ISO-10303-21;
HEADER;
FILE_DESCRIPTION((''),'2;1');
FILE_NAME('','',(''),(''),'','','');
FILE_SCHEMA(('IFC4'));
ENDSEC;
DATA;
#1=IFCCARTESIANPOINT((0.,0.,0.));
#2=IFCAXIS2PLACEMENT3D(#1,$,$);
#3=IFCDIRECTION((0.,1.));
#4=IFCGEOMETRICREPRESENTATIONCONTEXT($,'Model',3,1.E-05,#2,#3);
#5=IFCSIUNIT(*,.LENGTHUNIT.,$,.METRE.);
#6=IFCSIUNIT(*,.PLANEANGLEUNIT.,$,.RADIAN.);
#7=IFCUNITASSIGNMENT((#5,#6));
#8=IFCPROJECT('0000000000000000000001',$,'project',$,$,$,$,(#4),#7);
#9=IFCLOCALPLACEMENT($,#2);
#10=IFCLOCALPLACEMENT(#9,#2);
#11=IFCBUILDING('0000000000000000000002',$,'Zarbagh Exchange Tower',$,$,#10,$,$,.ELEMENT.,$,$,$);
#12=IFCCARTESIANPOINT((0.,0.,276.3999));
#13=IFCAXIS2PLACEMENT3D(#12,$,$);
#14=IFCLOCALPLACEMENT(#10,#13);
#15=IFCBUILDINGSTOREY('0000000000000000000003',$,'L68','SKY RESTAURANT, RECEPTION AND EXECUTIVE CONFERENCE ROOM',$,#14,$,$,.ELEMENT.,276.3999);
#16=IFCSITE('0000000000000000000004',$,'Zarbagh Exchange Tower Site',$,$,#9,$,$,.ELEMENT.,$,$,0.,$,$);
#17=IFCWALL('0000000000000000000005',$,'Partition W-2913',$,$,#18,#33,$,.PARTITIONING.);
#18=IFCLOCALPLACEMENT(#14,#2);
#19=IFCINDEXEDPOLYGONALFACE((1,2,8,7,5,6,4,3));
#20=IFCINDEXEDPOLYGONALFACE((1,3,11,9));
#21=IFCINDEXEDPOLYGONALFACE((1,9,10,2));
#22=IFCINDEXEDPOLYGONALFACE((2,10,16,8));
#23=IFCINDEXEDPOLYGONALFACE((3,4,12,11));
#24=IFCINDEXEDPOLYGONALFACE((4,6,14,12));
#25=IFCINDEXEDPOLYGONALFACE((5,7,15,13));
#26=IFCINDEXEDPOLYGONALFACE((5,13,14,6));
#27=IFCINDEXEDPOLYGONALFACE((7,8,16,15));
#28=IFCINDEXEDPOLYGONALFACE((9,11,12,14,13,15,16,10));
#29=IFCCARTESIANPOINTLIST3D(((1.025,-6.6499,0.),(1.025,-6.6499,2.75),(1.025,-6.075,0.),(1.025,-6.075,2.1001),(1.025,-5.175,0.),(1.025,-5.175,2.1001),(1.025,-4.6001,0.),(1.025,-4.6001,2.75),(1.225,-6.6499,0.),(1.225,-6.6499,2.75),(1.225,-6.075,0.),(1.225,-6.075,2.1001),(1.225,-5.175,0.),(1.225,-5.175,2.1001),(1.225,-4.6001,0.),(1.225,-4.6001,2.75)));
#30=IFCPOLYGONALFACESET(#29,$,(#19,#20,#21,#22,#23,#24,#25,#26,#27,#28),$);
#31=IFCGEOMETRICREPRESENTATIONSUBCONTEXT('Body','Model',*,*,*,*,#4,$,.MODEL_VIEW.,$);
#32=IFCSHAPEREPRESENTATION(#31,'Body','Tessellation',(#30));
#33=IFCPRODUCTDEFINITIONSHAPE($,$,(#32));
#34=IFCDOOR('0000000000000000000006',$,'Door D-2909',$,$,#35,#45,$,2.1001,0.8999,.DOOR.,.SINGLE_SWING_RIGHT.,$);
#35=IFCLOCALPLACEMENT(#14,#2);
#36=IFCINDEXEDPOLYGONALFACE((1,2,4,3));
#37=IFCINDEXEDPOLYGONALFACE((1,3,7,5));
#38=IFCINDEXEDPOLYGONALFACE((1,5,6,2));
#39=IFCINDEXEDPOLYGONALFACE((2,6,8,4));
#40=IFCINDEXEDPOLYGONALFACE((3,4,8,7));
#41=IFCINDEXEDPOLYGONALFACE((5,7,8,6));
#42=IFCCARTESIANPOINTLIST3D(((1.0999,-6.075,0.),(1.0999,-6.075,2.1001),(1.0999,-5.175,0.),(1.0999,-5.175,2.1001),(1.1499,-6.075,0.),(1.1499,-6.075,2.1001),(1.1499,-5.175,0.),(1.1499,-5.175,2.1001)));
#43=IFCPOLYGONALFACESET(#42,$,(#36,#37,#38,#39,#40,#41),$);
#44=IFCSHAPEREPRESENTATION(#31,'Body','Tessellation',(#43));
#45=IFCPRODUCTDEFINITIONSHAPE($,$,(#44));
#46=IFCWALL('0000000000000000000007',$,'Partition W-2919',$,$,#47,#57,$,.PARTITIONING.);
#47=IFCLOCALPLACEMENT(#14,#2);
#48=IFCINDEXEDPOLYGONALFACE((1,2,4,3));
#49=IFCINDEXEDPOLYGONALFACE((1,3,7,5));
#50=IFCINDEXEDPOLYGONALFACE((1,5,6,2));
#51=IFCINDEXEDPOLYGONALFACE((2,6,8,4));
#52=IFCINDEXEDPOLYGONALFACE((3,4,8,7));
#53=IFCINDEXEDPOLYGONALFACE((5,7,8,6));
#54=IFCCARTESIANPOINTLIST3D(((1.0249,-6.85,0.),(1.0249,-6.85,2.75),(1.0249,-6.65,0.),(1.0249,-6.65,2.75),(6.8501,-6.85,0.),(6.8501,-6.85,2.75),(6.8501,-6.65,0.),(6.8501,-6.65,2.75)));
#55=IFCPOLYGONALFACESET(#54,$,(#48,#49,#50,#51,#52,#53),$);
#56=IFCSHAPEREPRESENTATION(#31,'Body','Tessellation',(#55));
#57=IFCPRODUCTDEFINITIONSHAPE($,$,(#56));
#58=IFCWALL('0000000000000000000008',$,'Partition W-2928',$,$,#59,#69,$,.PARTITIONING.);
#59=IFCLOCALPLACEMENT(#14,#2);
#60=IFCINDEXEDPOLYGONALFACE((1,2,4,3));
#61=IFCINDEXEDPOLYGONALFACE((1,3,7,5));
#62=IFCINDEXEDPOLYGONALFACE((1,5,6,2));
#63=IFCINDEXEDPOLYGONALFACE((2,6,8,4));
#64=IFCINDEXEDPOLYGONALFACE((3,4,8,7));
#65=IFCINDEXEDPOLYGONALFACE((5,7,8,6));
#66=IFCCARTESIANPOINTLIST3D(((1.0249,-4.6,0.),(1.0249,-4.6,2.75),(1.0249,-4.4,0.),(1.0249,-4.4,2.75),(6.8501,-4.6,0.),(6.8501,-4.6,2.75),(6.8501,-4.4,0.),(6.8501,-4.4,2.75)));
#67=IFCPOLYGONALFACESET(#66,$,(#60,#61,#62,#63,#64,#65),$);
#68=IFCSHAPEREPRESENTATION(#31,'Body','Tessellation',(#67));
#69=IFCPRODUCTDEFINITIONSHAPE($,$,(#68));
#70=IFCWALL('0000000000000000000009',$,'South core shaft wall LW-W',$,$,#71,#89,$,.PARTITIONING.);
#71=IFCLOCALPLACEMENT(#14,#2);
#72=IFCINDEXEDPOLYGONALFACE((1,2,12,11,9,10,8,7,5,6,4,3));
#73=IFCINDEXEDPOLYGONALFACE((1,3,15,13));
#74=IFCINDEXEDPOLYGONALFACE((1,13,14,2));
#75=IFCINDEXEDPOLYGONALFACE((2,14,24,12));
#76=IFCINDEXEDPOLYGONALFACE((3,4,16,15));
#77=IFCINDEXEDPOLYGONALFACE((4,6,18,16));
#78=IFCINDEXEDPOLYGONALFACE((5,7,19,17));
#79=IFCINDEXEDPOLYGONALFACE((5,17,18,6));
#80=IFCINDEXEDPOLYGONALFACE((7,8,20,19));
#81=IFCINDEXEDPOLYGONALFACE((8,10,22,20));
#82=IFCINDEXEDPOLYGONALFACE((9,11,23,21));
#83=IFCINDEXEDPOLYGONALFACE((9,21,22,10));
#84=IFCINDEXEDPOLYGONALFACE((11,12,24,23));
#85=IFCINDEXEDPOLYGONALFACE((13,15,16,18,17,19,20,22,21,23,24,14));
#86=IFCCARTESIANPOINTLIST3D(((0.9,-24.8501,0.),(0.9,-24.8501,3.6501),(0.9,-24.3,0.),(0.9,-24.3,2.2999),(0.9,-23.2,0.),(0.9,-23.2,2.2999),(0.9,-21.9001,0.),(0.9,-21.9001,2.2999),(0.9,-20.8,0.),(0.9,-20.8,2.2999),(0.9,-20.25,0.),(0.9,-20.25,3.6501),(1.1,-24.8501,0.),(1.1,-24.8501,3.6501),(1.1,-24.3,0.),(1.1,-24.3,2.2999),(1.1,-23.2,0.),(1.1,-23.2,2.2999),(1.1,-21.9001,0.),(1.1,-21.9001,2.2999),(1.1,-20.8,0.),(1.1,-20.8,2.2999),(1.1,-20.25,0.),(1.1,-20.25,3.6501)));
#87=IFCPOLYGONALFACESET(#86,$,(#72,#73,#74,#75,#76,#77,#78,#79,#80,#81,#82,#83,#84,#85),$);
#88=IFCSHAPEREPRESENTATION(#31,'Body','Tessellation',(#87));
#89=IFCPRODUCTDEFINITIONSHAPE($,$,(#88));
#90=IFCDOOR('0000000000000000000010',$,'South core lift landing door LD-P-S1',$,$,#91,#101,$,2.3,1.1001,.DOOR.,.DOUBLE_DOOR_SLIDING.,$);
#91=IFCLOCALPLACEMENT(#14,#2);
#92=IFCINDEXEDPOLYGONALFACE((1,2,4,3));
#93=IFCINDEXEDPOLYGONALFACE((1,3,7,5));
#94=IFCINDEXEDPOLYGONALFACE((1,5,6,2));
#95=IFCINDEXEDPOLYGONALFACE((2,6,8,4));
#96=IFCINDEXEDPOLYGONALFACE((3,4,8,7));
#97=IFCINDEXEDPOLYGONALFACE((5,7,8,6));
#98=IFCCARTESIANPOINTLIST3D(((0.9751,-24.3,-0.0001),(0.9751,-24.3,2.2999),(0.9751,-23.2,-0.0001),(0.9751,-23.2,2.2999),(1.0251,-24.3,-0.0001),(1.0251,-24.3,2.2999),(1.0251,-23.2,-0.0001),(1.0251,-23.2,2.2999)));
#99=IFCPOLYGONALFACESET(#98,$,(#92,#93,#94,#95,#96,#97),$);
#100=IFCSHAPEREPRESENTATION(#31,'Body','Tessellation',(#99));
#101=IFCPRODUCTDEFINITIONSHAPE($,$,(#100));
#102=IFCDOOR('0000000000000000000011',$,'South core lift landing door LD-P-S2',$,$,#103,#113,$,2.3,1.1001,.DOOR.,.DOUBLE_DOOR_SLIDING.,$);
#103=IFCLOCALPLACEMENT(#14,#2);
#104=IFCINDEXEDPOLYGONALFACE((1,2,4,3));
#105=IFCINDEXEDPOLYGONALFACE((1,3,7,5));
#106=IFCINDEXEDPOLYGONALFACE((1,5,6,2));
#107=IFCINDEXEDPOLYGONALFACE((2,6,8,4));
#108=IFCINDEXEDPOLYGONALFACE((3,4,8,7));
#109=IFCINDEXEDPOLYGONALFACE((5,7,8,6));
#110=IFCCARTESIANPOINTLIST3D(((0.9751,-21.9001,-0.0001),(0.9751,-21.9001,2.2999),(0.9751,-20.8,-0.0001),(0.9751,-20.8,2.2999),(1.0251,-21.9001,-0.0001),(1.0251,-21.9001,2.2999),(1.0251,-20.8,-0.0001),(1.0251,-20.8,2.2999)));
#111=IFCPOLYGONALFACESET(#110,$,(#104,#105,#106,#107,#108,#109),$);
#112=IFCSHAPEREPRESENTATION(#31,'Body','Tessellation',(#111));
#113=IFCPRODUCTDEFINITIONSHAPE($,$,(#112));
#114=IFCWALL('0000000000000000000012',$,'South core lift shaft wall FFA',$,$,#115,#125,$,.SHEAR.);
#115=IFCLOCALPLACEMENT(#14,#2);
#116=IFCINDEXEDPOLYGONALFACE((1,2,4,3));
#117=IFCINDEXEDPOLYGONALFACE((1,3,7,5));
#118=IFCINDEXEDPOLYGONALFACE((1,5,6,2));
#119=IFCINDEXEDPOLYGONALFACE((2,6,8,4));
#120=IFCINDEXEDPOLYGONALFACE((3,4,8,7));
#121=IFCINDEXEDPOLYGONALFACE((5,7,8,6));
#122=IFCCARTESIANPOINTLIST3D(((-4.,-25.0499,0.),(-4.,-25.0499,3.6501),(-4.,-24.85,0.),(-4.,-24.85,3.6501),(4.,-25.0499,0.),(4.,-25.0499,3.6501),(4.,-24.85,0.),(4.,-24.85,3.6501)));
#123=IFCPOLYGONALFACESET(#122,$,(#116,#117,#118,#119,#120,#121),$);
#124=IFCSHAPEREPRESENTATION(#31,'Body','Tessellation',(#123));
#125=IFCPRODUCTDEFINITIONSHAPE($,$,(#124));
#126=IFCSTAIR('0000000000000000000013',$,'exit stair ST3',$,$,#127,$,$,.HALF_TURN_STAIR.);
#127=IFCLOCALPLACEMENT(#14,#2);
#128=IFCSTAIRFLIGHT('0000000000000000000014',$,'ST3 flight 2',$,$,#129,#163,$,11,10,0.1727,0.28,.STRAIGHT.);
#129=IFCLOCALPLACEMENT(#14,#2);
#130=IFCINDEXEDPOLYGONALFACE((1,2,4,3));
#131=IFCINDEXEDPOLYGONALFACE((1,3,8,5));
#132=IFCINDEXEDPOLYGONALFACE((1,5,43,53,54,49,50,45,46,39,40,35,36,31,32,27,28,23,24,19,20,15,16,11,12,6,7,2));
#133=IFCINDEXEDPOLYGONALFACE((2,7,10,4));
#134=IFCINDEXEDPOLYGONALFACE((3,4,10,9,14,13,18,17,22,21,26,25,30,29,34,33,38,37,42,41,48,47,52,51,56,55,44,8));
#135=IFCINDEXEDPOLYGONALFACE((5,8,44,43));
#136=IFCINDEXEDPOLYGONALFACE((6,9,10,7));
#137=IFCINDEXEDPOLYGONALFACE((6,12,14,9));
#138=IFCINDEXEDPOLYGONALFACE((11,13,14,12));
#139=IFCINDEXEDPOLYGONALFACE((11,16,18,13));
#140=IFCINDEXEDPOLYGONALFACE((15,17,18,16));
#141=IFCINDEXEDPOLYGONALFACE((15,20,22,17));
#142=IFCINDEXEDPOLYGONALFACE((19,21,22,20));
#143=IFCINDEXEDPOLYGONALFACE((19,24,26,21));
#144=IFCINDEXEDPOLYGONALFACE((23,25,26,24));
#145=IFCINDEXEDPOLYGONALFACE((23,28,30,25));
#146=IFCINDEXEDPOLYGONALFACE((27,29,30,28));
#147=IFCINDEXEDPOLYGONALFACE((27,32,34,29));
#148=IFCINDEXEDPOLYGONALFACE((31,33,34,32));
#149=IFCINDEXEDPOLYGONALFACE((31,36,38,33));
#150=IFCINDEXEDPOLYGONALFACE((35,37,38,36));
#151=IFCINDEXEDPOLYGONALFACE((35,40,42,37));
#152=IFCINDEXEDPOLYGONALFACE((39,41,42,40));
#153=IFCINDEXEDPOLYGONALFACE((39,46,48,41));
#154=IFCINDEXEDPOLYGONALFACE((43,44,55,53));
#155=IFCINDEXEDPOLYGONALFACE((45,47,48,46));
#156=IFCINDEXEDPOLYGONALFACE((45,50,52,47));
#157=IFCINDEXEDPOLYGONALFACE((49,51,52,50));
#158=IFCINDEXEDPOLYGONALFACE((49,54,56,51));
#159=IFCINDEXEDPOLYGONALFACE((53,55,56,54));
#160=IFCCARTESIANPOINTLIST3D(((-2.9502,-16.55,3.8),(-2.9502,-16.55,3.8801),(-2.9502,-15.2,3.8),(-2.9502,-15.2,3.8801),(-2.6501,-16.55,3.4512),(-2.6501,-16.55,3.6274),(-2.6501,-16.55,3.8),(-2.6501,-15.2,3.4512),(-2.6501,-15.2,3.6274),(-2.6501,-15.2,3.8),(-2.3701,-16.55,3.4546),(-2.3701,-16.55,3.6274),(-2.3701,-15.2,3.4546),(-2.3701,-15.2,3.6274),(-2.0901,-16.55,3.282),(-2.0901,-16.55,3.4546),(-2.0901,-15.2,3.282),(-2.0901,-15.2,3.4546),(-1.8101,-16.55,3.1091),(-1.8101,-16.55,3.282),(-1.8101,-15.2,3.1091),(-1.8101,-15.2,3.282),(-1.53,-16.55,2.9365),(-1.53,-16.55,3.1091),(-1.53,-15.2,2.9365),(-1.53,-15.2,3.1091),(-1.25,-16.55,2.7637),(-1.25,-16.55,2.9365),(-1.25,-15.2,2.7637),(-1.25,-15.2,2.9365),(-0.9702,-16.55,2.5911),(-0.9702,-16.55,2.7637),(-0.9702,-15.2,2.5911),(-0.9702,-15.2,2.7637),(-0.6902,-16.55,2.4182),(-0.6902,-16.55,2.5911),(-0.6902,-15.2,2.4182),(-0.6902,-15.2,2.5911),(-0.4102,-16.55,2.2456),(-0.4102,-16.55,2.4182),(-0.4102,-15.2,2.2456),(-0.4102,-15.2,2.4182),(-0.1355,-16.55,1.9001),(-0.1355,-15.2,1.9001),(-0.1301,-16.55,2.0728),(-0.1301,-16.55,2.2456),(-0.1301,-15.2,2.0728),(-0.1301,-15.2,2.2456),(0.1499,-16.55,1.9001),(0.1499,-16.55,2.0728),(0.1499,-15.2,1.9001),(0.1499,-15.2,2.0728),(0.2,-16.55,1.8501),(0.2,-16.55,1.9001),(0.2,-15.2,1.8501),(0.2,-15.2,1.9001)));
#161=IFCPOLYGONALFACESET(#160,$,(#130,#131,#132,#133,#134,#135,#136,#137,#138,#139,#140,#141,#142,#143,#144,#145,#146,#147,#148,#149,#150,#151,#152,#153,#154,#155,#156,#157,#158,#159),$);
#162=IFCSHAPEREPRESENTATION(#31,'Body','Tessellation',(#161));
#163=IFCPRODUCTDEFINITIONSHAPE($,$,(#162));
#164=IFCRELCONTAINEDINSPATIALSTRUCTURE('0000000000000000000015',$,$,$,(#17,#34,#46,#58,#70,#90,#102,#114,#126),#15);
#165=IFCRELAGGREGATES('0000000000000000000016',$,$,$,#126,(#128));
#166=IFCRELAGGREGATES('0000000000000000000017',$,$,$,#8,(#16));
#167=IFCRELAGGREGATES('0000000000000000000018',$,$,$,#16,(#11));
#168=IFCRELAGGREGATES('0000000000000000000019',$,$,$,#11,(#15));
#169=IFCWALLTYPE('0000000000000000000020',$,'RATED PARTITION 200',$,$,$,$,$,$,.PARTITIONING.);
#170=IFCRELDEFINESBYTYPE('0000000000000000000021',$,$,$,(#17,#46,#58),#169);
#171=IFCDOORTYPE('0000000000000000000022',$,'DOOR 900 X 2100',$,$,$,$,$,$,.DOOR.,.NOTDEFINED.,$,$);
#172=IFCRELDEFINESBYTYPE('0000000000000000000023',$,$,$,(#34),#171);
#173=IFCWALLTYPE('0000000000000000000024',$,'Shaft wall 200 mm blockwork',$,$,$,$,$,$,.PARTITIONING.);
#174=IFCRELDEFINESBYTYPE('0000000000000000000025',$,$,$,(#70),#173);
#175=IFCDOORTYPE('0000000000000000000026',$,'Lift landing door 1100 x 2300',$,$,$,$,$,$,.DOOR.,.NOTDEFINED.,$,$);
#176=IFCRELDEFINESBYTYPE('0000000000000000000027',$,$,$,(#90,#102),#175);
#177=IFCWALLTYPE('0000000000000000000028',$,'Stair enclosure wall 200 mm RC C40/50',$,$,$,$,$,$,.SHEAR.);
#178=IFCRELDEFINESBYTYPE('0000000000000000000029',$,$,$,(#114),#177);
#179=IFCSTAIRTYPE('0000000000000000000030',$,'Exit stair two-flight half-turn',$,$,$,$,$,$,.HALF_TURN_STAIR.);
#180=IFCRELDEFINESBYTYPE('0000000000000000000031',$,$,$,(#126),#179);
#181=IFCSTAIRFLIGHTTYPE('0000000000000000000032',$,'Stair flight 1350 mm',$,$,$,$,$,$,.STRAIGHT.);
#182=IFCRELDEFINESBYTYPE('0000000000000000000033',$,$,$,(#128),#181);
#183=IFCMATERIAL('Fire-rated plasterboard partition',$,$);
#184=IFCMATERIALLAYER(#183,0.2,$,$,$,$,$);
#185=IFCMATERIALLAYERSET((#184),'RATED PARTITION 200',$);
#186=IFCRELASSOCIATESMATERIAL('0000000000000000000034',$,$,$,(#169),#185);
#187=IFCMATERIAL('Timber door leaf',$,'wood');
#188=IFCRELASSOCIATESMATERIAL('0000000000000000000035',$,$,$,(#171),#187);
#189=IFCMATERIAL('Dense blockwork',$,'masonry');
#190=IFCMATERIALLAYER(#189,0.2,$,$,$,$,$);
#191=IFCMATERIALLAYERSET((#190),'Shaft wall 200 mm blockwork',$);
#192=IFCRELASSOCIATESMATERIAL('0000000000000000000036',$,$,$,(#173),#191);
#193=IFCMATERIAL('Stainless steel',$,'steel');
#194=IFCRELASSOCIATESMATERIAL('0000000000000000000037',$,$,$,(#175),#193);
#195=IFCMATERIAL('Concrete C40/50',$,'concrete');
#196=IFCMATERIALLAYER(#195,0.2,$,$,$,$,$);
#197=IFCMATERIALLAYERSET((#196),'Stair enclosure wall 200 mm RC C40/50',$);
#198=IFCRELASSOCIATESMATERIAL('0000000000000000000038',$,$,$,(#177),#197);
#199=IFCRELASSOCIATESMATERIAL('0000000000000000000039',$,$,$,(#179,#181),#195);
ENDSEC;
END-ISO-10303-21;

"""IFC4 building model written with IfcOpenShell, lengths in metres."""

from ifc_helpers import new_model, si_unit, direction, frame, frame_2d, origin, place, context, subcontext, project, spatial, polyline, rectangle, outline, extrude, material, layer, layer_set, type_object, element, fill, aggregate, save


model = new_model("IFC4")

# Units and contexts
model_context = context("Model", 3, precision=1e-05, world=origin(), true_north=direction((0.0, 1.0)))
body_context = subcontext(model_context, "Body", "Model", "MODEL_VIEW")
ifc_project = project(units=[si_unit("LENGTHUNIT", "METRE"), si_unit("PLANEANGLEUNIT", "RADIAN")], contexts=[model_context])

# Site, building, storey
site_placement = place(None, origin())
site = spatial("IfcSite", under=ifc_project, at=site_placement, Name="Zarbagh Exchange Tower Site", CompositionType="ELEMENT", RefElevation=0.0)
building_placement = place(site_placement, origin())
building = spatial("IfcBuilding", under=site, at=building_placement, Name="Zarbagh Exchange Tower", CompositionType="ELEMENT")
storey_placement = place(building_placement, frame((0.0, 0.0, 276.3999)))
storey = spatial("IfcBuildingStorey", under=building, at=storey_placement, Name="L68", Description="SKY RESTAURANT, RECEPTION AND EXECUTIVE CONFERENCE ROOM", CompositionType="ELEMENT", Elevation=276.3999)

# Shared definitions
ifc_material_1 = material(Name="Fire-rated plasterboard partition")
ifc_layer_1 = layer(ifc_material_1, 0.2)
ifc_layer_set_1 = layer_set([ifc_layer_1], Name="RATED PARTITION 200")
wall_type_1 = type_object("IfcWallType", Name="RATED PARTITION 200", PredefinedType="PARTITIONING", material=ifc_layer_set_1)

# Wall, opening, door
wall_1_placement = place(storey_placement, frame((1.125, -4.6001, 0.0), z_axis=(0.0, 0.0, 1.0), x_axis=(0.0, -1.0, 0.0)))
wall_1 = element("IfcWall", 1, at=wall_1_placement, inside=storey, type_object=wall_type_1, Name="Partition W-2913", PredefinedType="PARTITIONING", context=body_context, shape_type="SweptSolid", body=[
    extrude(rectangle(XDim=2.0498, YDim=0.2, at=frame_2d((1.0249, 0.0))), origin(), (0.0, 0.0, 1.0), 2.75),
])
opening_1_placement = place(wall_1_placement, frame((0.575, 0.0, 0.0)))
opening_1 = element("IfcOpeningElement", 2, at=opening_1_placement, cuts=wall_1, PredefinedType="OPENING", context=body_context, shape_type="SweptSolid", body=[
    extrude(rectangle(XDim=0.8999, YDim=2.1001, at=frame_2d((0.45, 1.05))), frame((0.0, 0.1099, 0.0), z_axis=(0.0, -1.0, 0.0), x_axis=(1.0, 0.0, 0.0)), (0.0, 0.0, 1.0), 0.22),
])
ifc_material_2 = material(Name="Timber door leaf", Category="wood")
door_type_1 = type_object("IfcDoorType", Name="DOOR 900 X 2100", OperationType="NOTDEFINED", PredefinedType="DOOR", material=ifc_material_2)
door_1_placement = place(opening_1_placement, origin())
door_1 = element("IfcDoor", 3, at=door_1_placement, inside=storey, type_object=door_type_1, Name="Door D-2909", OperationType="SINGLE_SWING_RIGHT", OverallHeight=2.1001, OverallWidth=0.8999, PredefinedType="DOOR", context=body_context, shape_type="SweptSolid", body=[
    extrude(rectangle(XDim=0.8999, YDim=2.1001, at=frame_2d((0.45, 1.05))), frame((0.0, 0.0249, 0.0), z_axis=(0.0, -1.0, 0.0), x_axis=(1.0, 0.0, 0.0)), (0.0, 0.0, 1.0), 0.05),
])
fill(opening_1, door_1)

# Walls
for number, where, z_axis, x_axis, name in (
    (4, (1.0249, -6.75, 0.0), (0.0, 0.0, 1.0), (1.0, 0.0, 0.0), "Partition W-2919"),
    (5, (1.0249, -4.5, 0.0), (0.0, 0.0, 1.0), (1.0, 0.0, 0.0), "Partition W-2928"),
):
    element("IfcWall", number, at=place(storey_placement, frame(where, z_axis=z_axis, x_axis=x_axis)), inside=storey, type_object=wall_type_1, Name=name, PredefinedType="PARTITIONING", context=body_context, shape_type="SweptSolid", body=[
        extrude(rectangle(XDim=5.8252, YDim=0.2, at=frame_2d((2.9126, 0.0))), origin(), (0.0, 0.0, 1.0), 2.75),
    ])

# Wall, openings, doors
ifc_material_3 = material(Name="Dense blockwork", Category="masonry")
ifc_layer_2 = layer(ifc_material_3, 0.2)
ifc_layer_set_2 = layer_set([ifc_layer_2], Name="Shaft wall 200 mm blockwork")
wall_type_2 = type_object("IfcWallType", Name="Shaft wall 200 mm blockwork", PredefinedType="PARTITIONING", material=ifc_layer_set_2)
wall_2_placement = place(storey_placement, frame((1.0, -24.8501, 0.0), z_axis=(0.0, 0.0, 1.0), x_axis=(0.0, 1.0, 0.0)))
wall_2 = element("IfcWall", 6, at=wall_2_placement, inside=storey, type_object=wall_type_2, Name="South core shaft wall LW-W", PredefinedType="PARTITIONING", context=body_context, shape_type="SweptSolid", body=[
    extrude(rectangle(XDim=4.6001, YDim=0.2, at=frame_2d((2.3, 0.0))), origin(), (0.0, 0.0, 1.0), 3.6501),
])
opening_2_placement = place(wall_2_placement, frame((0.55, 0.0, 0.0)))
opening_2 = element("IfcOpeningElement", 7, at=opening_2_placement, cuts=wall_2, PredefinedType="OPENING", context=body_context, shape_type="SweptSolid", body=[
    extrude(rectangle(XDim=1.1001, YDim=2.3, at=frame_2d((0.55, 1.1499))), frame((0.0, 0.1099, 0.0), z_axis=(0.0, -1.0, 0.0), x_axis=(1.0, 0.0, 0.0)), (0.0, 0.0, 1.0), 0.22),
])
opening_3_placement = place(wall_2_placement, frame((2.95, 0.0, 0.0)))
opening_3 = element("IfcOpeningElement", 8, at=opening_3_placement, cuts=wall_2, PredefinedType="OPENING", context=body_context, shape_type="SweptSolid", body=[
    extrude(rectangle(XDim=1.1001, YDim=2.3, at=frame_2d((0.55, 1.1499))), frame((0.0, 0.1099, 0.0), z_axis=(0.0, -1.0, 0.0), x_axis=(1.0, 0.0, 0.0)), (0.0, 0.0, 1.0), 0.22),
])
ifc_material_4 = material(Name="Stainless steel", Category="steel")
door_type_2 = type_object("IfcDoorType", Name="Lift landing door 1100 x 2300", OperationType="NOTDEFINED", PredefinedType="DOOR", material=ifc_material_4)
door_2_placement = place(opening_2_placement, origin())
door_2 = element("IfcDoor", 9, at=door_2_placement, inside=storey, type_object=door_type_2, Name="South core lift landing door LD-P-S1", OperationType="DOUBLE_DOOR_SLIDING", OverallHeight=2.3, OverallWidth=1.1001, PredefinedType="DOOR", context=body_context, shape_type="SweptSolid", body=[
    extrude(rectangle(XDim=1.1001, YDim=2.3, at=frame_2d((0.55, 1.1499))), frame((0.0, 0.0249, 0.0), z_axis=(0.0, -1.0, 0.0), x_axis=(1.0, 0.0, 0.0)), (0.0, 0.0, 1.0), 0.05),
])
fill(opening_2, door_2)
door_3_placement = place(opening_3_placement, origin())
door_3 = element("IfcDoor", 10, at=door_3_placement, inside=storey, type_object=door_type_2, Name="South core lift landing door LD-P-S2", OperationType="DOUBLE_DOOR_SLIDING", OverallHeight=2.3, OverallWidth=1.1001, PredefinedType="DOOR", context=body_context, shape_type="SweptSolid", body=[
    extrude(rectangle(XDim=1.1001, YDim=2.3, at=frame_2d((0.55, 1.1499))), frame((0.0, 0.0249, 0.0), z_axis=(0.0, -1.0, 0.0), x_axis=(1.0, 0.0, 0.0)), (0.0, 0.0, 1.0), 0.05),
])
fill(opening_3, door_3)

# Wall
ifc_material_5 = material(Name="Concrete C40/50", Category="concrete")
ifc_layer_3 = layer(ifc_material_5, 0.2)
ifc_layer_set_3 = layer_set([ifc_layer_3], Name="Stair enclosure wall 200 mm RC C40/50")
wall_type_3 = type_object("IfcWallType", Name="Stair enclosure wall 200 mm RC C40/50", PredefinedType="SHEAR", material=ifc_layer_set_3)
wall_3_placement = place(storey_placement, frame((4.0, -24.95, 0.0), z_axis=(0.0, 0.0, 1.0), x_axis=(-1.0, 0.0, 0.0)))
element("IfcWall", 11, at=wall_3_placement, inside=storey, type_object=wall_type_3, Name="South core lift shaft wall FFA", PredefinedType="SHEAR", context=body_context, shape_type="SweptSolid", body=[
    extrude(rectangle(XDim=8.0, YDim=0.2, at=frame_2d((4.0, 0.0))), origin(), (0.0, 0.0, 1.0), 3.6501),
])

# Stair, stair flight
stair_type = type_object("IfcStairType", Name="Exit stair two-flight half-turn", PredefinedType="HALF_TURN_STAIR", material=ifc_material_5)
stair_1_placement = place(storey_placement, origin())
stair_1 = element("IfcStair", 12, at=stair_1_placement, inside=storey, type_object=stair_type, Name="exit stair ST3", PredefinedType="HALF_TURN_STAIR")
stair_flight_type_1 = type_object("IfcStairFlightType", Name="Stair flight 1350 mm", PredefinedType="STRAIGHT", material=ifc_material_5)
stair_flight_1_placement = place(storey_placement, frame((0.1499, -15.875, 1.9001), z_axis=(0.0, 0.0, 1.0), x_axis=(-1.0, 0.0, 0.0)))
stair_flight_1 = element("IfcStairFlight", 13, at=stair_flight_1_placement, type_object=stair_flight_type_1, Name="ST3 flight 2", NumberOfRisers=11, NumberOfTreads=10, PredefinedType="STRAIGHT", RiserHeight=0.1727, TreadLength=0.28, context=body_context, shape_type="SweptSolid", body=[
    extrude(outline(polyline([(-0.05, -0.05), (-0.05, 0.0), (0.0, 0.0), (0.0, 0.1726), (0.28, 0.1726), (0.28, 0.3455), (0.5601, 0.3455), (0.5601, 0.5181), (0.8401, 0.5181), (0.8401, 0.6909), (1.1201, 0.6909), (1.1201, 0.8635), (1.3999, 0.8635), (1.3999, 1.0364), (1.6799, 1.0364), (1.6799, 1.209), (1.96, 1.209), (1.96, 1.3818), (2.24, 1.3818), (2.24, 1.5544), (2.52, 1.5544), (2.52, 1.7273), (2.8, 1.7273), (2.8, 1.8999), (3.1001, 1.98), (3.1001, 1.8999), (2.8, 1.551), (0.2854, 0.0), (-0.05, -0.05)])), frame((0.0, 0.675, 0.0), z_axis=(0.0, -1.0, 0.0), x_axis=(1.0, 0.0, 0.0)), (0.0, 0.0, 1.0), 1.3501),
])
aggregate(stair_1, [stair_flight_1])

save(model, "model.ifc")
